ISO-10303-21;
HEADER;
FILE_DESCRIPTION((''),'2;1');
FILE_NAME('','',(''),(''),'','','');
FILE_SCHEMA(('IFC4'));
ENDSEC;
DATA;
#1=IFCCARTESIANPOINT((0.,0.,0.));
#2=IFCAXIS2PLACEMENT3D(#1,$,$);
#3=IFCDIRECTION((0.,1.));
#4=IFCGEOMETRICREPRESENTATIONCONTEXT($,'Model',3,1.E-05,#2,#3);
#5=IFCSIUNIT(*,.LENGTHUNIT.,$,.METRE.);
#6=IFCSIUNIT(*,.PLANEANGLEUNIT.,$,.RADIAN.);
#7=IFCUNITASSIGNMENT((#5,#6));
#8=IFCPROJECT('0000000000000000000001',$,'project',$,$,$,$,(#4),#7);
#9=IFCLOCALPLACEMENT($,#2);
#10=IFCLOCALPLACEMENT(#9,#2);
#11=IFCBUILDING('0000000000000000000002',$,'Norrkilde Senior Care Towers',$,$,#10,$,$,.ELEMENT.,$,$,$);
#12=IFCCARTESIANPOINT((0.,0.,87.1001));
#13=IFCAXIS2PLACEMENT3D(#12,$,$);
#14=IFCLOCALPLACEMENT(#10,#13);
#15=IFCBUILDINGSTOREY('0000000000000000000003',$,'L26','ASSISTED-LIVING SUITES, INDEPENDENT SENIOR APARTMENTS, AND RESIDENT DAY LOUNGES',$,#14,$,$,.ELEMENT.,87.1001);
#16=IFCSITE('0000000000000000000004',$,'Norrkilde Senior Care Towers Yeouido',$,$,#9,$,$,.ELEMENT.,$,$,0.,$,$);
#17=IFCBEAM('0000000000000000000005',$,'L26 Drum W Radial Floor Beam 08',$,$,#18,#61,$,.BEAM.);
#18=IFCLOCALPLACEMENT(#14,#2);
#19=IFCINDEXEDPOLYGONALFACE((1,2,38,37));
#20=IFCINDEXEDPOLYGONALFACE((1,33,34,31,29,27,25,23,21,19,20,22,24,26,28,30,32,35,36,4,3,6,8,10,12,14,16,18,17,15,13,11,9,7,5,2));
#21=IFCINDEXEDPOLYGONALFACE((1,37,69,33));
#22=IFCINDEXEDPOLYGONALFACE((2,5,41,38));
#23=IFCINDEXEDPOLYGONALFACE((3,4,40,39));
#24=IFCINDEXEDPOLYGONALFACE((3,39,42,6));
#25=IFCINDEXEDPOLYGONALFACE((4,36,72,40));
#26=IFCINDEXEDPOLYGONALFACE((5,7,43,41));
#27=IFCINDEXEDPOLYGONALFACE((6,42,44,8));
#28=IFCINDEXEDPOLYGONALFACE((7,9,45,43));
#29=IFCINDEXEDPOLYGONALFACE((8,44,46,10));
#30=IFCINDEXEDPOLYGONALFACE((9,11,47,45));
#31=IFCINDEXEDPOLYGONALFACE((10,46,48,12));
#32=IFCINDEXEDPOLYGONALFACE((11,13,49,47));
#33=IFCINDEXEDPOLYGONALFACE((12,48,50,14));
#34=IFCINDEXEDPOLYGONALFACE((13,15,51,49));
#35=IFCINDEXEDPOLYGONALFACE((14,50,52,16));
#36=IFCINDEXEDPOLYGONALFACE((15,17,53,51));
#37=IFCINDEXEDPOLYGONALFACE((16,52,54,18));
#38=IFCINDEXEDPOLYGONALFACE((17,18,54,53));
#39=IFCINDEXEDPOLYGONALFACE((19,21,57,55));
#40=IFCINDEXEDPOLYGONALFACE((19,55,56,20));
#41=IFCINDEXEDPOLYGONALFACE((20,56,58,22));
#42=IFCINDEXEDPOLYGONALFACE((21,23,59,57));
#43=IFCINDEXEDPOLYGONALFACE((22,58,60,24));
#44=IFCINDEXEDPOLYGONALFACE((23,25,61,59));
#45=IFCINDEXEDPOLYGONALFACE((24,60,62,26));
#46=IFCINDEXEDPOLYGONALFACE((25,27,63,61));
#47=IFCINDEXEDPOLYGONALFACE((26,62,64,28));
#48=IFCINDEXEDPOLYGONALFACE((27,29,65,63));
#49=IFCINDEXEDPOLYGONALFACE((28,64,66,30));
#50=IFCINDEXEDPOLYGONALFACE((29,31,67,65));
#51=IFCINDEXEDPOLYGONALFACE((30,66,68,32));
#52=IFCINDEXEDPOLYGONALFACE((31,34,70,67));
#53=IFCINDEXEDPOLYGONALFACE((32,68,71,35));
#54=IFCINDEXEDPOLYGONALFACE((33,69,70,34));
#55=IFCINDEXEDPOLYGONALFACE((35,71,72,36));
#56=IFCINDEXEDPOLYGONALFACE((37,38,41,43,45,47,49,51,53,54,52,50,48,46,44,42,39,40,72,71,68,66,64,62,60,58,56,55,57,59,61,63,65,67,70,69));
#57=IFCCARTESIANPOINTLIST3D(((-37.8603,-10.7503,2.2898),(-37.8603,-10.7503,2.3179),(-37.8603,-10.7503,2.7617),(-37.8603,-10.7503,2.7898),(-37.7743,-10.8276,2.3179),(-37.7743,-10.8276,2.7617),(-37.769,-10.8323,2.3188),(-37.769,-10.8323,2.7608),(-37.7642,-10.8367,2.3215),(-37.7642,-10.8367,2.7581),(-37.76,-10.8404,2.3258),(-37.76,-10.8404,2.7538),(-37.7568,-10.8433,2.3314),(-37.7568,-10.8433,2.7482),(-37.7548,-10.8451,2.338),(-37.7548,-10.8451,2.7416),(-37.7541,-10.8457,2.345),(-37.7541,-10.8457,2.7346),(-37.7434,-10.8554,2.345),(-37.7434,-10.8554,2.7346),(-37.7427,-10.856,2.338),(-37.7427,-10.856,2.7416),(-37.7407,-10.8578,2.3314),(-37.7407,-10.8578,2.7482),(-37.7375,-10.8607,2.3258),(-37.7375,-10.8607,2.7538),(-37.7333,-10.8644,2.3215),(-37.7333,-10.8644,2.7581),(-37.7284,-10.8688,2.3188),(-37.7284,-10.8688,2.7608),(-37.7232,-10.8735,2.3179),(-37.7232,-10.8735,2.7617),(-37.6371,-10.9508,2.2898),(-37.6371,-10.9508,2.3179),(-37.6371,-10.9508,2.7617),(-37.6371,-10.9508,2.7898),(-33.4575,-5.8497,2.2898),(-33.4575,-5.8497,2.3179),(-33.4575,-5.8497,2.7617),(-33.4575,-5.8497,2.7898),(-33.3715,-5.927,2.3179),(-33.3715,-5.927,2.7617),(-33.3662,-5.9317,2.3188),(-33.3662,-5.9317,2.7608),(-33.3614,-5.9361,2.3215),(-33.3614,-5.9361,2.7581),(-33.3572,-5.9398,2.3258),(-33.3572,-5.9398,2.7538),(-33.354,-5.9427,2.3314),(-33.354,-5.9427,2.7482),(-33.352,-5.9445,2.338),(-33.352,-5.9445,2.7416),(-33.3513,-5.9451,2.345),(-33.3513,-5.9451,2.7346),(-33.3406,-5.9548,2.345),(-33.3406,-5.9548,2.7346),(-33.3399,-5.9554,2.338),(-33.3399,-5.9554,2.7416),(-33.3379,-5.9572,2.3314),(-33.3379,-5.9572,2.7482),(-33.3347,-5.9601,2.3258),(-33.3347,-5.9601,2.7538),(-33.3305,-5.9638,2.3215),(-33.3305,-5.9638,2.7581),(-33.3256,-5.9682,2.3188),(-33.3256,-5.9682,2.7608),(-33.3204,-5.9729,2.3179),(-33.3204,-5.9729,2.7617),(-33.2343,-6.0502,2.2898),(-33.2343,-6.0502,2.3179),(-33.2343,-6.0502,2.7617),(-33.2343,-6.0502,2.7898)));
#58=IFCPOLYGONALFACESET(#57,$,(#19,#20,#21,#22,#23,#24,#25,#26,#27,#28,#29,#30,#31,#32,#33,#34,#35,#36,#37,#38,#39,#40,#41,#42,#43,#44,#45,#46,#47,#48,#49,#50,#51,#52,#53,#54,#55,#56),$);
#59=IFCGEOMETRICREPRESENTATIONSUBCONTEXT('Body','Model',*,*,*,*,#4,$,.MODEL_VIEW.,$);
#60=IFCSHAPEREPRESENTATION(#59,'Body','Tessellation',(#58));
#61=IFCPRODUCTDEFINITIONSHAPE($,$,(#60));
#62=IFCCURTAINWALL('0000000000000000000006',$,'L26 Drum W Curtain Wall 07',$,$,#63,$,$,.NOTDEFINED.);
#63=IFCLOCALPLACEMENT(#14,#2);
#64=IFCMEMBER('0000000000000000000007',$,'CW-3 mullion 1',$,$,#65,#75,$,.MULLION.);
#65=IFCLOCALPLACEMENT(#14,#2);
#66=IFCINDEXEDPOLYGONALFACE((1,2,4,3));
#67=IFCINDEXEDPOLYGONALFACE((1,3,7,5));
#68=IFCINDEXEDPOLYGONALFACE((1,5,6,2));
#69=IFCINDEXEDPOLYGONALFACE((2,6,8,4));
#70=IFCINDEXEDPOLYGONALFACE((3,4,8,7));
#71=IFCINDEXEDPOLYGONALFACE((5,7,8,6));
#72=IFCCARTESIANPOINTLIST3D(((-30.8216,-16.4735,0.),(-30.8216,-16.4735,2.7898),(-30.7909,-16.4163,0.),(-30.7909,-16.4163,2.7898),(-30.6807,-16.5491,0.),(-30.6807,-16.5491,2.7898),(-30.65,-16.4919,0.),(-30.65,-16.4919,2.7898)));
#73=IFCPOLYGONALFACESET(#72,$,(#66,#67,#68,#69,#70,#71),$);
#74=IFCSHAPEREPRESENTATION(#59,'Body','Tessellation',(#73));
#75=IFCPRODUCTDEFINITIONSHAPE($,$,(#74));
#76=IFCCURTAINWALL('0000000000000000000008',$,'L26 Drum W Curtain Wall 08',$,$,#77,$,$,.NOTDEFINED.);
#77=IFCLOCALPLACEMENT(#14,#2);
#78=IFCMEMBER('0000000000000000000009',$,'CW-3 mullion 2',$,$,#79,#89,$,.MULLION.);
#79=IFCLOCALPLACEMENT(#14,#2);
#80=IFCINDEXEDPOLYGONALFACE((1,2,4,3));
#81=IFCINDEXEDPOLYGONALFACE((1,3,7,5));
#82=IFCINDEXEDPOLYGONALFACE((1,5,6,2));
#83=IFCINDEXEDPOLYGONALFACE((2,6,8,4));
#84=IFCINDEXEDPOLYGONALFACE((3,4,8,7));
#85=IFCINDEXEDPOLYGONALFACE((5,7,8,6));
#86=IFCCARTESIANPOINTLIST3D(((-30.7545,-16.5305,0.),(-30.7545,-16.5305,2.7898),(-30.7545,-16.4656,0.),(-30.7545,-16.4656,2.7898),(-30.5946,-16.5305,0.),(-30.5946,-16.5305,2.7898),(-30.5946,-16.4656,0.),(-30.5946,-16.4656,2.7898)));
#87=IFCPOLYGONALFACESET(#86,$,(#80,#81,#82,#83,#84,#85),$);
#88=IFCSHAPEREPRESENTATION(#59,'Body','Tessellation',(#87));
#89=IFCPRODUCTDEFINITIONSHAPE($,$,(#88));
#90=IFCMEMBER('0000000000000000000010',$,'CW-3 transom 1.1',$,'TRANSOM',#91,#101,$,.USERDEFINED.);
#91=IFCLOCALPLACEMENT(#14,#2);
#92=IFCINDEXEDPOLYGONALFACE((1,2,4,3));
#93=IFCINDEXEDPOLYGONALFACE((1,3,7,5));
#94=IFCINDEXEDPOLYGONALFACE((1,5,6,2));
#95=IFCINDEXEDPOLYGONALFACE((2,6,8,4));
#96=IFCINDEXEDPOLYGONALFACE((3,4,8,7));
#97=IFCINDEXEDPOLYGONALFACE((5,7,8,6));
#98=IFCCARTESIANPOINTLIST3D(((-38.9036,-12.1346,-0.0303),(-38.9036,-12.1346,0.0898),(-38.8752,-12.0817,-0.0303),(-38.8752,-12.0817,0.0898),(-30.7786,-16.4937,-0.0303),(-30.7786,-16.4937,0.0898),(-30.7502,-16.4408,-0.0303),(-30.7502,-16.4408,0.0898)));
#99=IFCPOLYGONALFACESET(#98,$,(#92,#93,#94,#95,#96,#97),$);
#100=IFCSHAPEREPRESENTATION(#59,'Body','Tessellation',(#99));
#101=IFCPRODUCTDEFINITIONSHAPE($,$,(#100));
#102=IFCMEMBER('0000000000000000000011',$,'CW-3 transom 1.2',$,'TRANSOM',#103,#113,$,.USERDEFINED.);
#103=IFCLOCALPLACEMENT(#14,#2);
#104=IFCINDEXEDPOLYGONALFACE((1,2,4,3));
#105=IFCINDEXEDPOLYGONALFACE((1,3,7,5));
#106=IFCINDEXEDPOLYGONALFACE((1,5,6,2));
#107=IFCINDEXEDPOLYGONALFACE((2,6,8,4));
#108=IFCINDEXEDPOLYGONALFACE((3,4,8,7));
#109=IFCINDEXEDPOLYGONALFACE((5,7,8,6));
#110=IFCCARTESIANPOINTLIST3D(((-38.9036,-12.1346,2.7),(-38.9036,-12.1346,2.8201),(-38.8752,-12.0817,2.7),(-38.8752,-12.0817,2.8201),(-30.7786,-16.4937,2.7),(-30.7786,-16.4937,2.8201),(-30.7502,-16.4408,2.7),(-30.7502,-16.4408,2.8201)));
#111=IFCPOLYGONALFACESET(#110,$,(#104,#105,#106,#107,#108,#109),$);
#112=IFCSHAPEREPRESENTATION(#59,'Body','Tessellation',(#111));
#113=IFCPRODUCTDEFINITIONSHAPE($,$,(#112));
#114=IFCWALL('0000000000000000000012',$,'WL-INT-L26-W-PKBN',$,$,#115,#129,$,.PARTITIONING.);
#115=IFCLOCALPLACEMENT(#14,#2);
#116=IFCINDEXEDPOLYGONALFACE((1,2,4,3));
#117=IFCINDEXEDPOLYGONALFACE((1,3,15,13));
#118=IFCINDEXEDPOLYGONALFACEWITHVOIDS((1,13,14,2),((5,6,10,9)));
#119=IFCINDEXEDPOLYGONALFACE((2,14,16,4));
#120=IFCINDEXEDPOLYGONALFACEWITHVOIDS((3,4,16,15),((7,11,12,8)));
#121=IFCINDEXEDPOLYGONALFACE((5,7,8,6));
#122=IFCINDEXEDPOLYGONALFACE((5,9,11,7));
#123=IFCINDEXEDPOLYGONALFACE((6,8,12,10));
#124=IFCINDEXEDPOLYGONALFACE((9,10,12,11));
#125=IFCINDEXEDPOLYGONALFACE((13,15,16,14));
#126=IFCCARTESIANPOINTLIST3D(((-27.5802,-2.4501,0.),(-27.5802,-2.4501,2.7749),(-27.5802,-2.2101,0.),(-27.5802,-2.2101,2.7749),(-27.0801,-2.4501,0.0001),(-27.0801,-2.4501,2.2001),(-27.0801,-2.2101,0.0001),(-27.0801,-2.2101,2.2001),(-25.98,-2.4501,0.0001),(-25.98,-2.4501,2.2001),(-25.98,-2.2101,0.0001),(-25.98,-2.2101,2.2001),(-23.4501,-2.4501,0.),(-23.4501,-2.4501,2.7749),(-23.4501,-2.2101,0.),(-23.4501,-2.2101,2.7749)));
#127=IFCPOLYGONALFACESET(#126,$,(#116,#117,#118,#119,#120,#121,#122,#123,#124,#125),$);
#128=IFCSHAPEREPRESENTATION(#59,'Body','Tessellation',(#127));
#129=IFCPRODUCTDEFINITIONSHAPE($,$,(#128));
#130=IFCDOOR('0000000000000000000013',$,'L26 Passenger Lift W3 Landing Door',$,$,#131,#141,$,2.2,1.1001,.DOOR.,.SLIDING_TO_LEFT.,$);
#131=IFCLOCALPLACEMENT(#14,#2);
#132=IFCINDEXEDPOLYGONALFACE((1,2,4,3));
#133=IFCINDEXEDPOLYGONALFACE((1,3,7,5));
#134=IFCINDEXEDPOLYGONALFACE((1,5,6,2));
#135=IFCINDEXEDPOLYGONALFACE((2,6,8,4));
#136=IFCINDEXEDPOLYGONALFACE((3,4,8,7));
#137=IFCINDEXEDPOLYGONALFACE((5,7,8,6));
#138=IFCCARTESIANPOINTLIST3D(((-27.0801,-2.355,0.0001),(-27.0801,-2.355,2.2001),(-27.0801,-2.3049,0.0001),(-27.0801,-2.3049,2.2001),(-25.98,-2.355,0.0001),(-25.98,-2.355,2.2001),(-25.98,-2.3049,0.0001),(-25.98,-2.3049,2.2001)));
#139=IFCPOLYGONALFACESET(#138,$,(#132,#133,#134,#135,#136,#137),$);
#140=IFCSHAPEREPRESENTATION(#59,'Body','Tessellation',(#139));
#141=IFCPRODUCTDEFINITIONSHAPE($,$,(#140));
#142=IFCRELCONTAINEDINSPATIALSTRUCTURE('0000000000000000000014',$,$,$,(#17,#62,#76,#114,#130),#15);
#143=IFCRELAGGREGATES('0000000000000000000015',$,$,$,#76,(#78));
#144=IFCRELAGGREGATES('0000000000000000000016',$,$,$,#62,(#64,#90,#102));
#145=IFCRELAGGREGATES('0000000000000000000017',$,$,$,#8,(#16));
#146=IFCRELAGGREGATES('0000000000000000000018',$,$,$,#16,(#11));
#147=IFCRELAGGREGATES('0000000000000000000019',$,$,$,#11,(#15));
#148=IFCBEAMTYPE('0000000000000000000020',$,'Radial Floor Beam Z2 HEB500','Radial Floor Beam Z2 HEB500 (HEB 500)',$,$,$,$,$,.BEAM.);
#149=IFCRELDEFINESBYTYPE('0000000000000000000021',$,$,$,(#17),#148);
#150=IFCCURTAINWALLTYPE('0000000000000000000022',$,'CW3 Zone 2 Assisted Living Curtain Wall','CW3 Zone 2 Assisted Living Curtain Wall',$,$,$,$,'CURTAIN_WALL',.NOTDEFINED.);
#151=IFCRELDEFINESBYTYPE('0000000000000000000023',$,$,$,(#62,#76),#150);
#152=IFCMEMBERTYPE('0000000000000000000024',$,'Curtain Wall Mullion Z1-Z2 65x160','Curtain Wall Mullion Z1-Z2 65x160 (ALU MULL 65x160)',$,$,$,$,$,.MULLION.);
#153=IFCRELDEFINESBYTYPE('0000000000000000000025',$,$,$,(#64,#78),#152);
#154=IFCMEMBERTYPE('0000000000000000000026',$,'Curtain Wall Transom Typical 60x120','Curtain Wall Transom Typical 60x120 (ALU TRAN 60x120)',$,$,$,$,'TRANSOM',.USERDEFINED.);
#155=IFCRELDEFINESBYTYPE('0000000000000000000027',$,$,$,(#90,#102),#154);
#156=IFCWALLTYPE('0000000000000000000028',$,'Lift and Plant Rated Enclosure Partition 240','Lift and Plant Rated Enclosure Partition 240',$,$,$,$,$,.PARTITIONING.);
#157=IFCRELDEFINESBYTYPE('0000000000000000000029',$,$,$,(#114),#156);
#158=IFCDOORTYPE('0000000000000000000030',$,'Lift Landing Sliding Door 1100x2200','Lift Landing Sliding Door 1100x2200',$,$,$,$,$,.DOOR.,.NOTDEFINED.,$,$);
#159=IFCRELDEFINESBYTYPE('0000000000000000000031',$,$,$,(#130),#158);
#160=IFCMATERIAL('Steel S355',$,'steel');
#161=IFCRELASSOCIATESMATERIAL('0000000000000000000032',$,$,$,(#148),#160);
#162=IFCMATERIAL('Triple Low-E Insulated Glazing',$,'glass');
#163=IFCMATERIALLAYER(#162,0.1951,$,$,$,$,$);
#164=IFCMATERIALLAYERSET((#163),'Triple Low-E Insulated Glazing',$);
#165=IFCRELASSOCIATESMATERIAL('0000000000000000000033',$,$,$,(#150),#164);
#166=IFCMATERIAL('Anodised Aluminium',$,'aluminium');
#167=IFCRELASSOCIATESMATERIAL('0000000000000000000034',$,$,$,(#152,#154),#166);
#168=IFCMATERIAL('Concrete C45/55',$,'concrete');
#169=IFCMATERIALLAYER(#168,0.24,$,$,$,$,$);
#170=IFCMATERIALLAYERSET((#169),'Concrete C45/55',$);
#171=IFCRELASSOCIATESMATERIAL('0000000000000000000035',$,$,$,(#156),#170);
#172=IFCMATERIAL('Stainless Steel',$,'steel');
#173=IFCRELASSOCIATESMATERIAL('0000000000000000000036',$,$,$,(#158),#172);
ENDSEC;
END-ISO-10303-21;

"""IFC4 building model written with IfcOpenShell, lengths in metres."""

from ifc_helpers import new_model, si_unit, direction, frame, frame_2d, origin, origin_2d, place, context, subcontext, project, spatial, rectangle, i_section, extrude, source, transform, mapped, material, layer, layer_set, material_profile, profile_set, type_object, type_shapes, element, fill, aggregate, save


model = new_model("IFC4")

# Units and contexts
model_context = context("Model", 3, precision=1e-05, world=origin(), true_north=direction((0.0, 1.0)))
body_context = subcontext(model_context, "Body", "Model", "MODEL_VIEW")
ifc_project = project(units=[si_unit("LENGTHUNIT", "METRE"), si_unit("PLANEANGLEUNIT", "RADIAN")], contexts=[model_context])

# Site, building, storey
site_placement = place(None, origin())
site = spatial("IfcSite", under=ifc_project, at=site_placement, Name="Norrkilde Senior Care Towers Yeouido", CompositionType="ELEMENT", RefElevation=0.0)
building_placement = place(site_placement, origin())
building = spatial("IfcBuilding", under=site, at=building_placement, Name="Norrkilde Senior Care Towers", CompositionType="ELEMENT")
storey_placement = place(building_placement, frame((0.0, 0.0, 87.1001)))
storey = spatial("IfcBuildingStorey", under=building, at=storey_placement, Name="L26", Description="ASSISTED-LIVING SUITES, INDEPENDENT SENIOR APARTMENTS, AND RESIDENT DAY LOUNGES", CompositionType="ELEMENT", Elevation=87.1001)

# Beam
ifc_material_1 = material(Name="Steel S355", Category="steel")
ifc_material_profile_1 = material_profile(ifc_material_1, i_section(OverallWidth=0.3, OverallDepth=0.5, WebThickness=0.0144, FlangeThickness=0.0281, FilletRadius=0.0271, at=origin_2d()), Name="HEB 500")
ifc_profile_set_1 = profile_set([ifc_material_profile_1], Name="Steel S355")
beam_type_1 = type_object("IfcBeamType", Name="Radial Floor Beam Z2 HEB500", Description="Radial Floor Beam Z2 HEB500 (HEB 500)", PredefinedType="BEAM", material=ifc_profile_set_1)
shared_shape_1 = source(origin(), body_context, "Body", "SweptSolid", [
    extrude(i_section(OverallWidth=0.3, OverallDepth=0.5, WebThickness=0.0144, FlangeThickness=0.0281, FilletRadius=0.0271, at=origin_2d()), origin(), (0.0, 0.0, 1.0), 6.5879),
])
beam_1_placement = place(storey_placement, frame((-33.3459, -5.95, 2.5398), z_axis=(-0.668315, -0.743878, 0.0), x_axis=(0.743878, -0.668315, 0.0)))
element("IfcBeam", 1, at=beam_1_placement, inside=storey, type_object=beam_type_1, Name="L26 Drum W Radial Floor Beam 08", PredefinedType="BEAM", context=body_context, shape_type="MappedRepresentation", body=[
    mapped(shared_shape_1, transform((0.0, 0.0, 0.0), x_axis=(1.0, 0.0, 0.0), y_axis=(0.0, 1.0, 0.0), z_axis=(0.0, 0.0, 1.0), scale=1.0)),
])

# Curtain walls, members
ifc_material_2 = material(Name="Triple Low-E Insulated Glazing", Category="glass")
ifc_layer_1 = layer(ifc_material_2, 0.1951)
ifc_layer_set_1 = layer_set([ifc_layer_1], Name="Triple Low-E Insulated Glazing")
curtain_wall_type = type_object("IfcCurtainWallType", Name="CW3 Zone 2 Assisted Living Curtain Wall", Description="CW3 Zone 2 Assisted Living Curtain Wall", ElementType="CURTAIN_WALL", PredefinedType="NOTDEFINED", material=ifc_layer_set_1)
curtain_wall_1_placement = place(storey_placement, origin())
curtain_wall_1 = element("IfcCurtainWall", 2, at=curtain_wall_1_placement, inside=storey, type_object=curtain_wall_type, Name="L26 Drum W Curtain Wall 07", PredefinedType="NOTDEFINED")
ifc_material_3 = material(Name="Anodised Aluminium", Category="aluminium")
ifc_material_profile_2 = material_profile(ifc_material_3, rectangle(XDim=0.0649, YDim=0.1599, at=origin_2d()), Name="ALU MULL 65x160")
ifc_profile_set_2 = profile_set([ifc_material_profile_2], Name="Anodised Aluminium")
member_type_1 = type_object("IfcMemberType", Name="Curtain Wall Mullion Z1-Z2 65x160", Description="Curtain Wall Mullion Z1-Z2 65x160 (ALU MULL 65x160)", PredefinedType="MULLION", material=ifc_profile_set_2)
shared_shape_2 = source(origin(), body_context, "Body", "SweptSolid", [
    extrude(rectangle(XDim=0.0649, YDim=0.1599, at=origin_2d()), origin(), (0.0, 0.0, 1.0), 2.7898),
])
type_shapes(member_type_1, [shared_shape_2])
member_1_placement = place(storey_placement, frame((-30.7358, -16.4827, 0.0), z_axis=(0.0, 0.0, 1.0), x_axis=(-0.472769, -0.881186, 0.0)))
member_1 = element("IfcMember", 3, at=member_1_placement, type_object=member_type_1, Name="CW-3 mullion 1", PredefinedType="MULLION", context=body_context, shape_type="MappedRepresentation", body=[
    mapped(shared_shape_2, transform((0.0, 0.0, 0.0), x_axis=(1.0, 0.0, 0.0), y_axis=(0.0, 1.0, 0.0), z_axis=(0.0, 0.0, 1.0), scale=1.0)),
])
curtain_wall_2_placement = place(storey_placement, origin())
curtain_wall_2 = element("IfcCurtainWall", 4, at=curtain_wall_2_placement, inside=storey, type_object=curtain_wall_type, Name="L26 Drum W Curtain Wall 08", PredefinedType="NOTDEFINED")
member_2_placement = place(storey_placement, frame((-30.6746, -16.498, 0.0), z_axis=(0.0, 0.0, 1.0), x_axis=(0.0, -1.0, 0.0)))
member_2 = element("IfcMember", 5, at=member_2_placement, type_object=member_type_1, Name="CW-3 mullion 2", PredefinedType="MULLION", context=body_context, shape_type="MappedRepresentation", body=[
    mapped(shared_shape_2, transform((0.0, 0.0, 0.0), x_axis=(1.0, 0.0, 0.0), y_axis=(0.0, 1.0, 0.0), z_axis=(0.0, 0.0, 1.0), scale=1.0)),
])
aggregate(curtain_wall_2, [member_2])

# Members
ifc_material_profile_3 = material_profile(ifc_material_3, rectangle(XDim=0.0601, YDim=0.1201, at=origin_2d()), Name="ALU TRAN 60x120")
ifc_profile_set_3 = profile_set([ifc_material_profile_3], Name="Anodised Aluminium")
member_type_2 = type_object("IfcMemberType", Name="Curtain Wall Transom Typical 60x120", Description="Curtain Wall Transom Typical 60x120 (ALU TRAN 60x120)", ElementType="TRANSOM", PredefinedType="USERDEFINED", material=ifc_profile_set_3)
shared_shape_3 = source(origin(), body_context, "Body", "SweptSolid", [
    extrude(rectangle(XDim=0.0601, YDim=0.1201, at=origin_2d()), origin(), (0.0, 0.0, 1.0), 9.2205),
])
type_shapes(member_type_2, [shared_shape_3])
member_3_placement = place(storey_placement, frame((-30.7644, -16.4673, 0.0298), z_axis=(-0.881189, 0.472765, 0.0), x_axis=(-0.472765, -0.881189, 0.0)))
member_3 = element("IfcMember", 6, at=member_3_placement, type_object=member_type_2, Name="CW-3 transom 1.1", ObjectType="TRANSOM", PredefinedType="USERDEFINED", context=body_context, shape_type="MappedRepresentation", body=[
    mapped(shared_shape_3, transform((0.0, 0.0, 0.0), x_axis=(1.0, 0.0, 0.0), y_axis=(0.0, 1.0, 0.0), z_axis=(0.0, 0.0, 1.0), scale=1.0)),
])
member_4_placement = place(storey_placement, frame((-30.7644, -16.4673, 2.76), z_axis=(-0.881189, 0.472765, 0.0), x_axis=(-0.472765, -0.881189, 0.0)))
member_4 = element("IfcMember", 7, at=member_4_placement, type_object=member_type_2, Name="CW-3 transom 1.2", ObjectType="TRANSOM", PredefinedType="USERDEFINED", context=body_context, shape_type="MappedRepresentation", body=[
    mapped(shared_shape_3, transform((0.0, 0.0, 0.0), x_axis=(1.0, 0.0, 0.0), y_axis=(0.0, 1.0, 0.0), z_axis=(0.0, 0.0, 1.0), scale=1.0)),
])
aggregate(curtain_wall_1, [member_1, member_3, member_4])

# Wall, opening, door
ifc_material_4 = material(Name="Concrete C45/55", Category="concrete")
ifc_layer_2 = layer(ifc_material_4, 0.24)
ifc_layer_set_2 = layer_set([ifc_layer_2], Name="Concrete C45/55")
wall_type_1 = type_object("IfcWallType", Name="Lift and Plant Rated Enclosure Partition 240", Description="Lift and Plant Rated Enclosure Partition 240", PredefinedType="PARTITIONING", material=ifc_layer_set_2)
shared_shape_4 = source(origin(), body_context, "Body", "SweptSolid", [
    extrude(rectangle(XDim=4.1301, YDim=0.24, at=frame_2d((2.0649, 0.0))), origin(), (0.0, 0.0, 1.0), 2.7749),
])
type_shapes(wall_type_1, [shared_shape_4])
wall_1_placement = place(storey_placement, frame((-27.5801, -2.3301, 0.0), z_axis=(0.0, 0.0, 1.0), x_axis=(1.0, 0.0, 0.0)))
wall_1 = element("IfcWall", 8, at=wall_1_placement, inside=storey, type_object=wall_type_1, Name="WL-INT-L26-W-PKBN", PredefinedType="PARTITIONING", context=body_context, shape_type="MappedRepresentation", body=[
    mapped(shared_shape_4, transform((0.0, 0.0, 0.0), x_axis=(1.0, 0.0, 0.0), y_axis=(0.0, 1.0, 0.0), z_axis=(0.0, 0.0, 1.0), scale=1.0)),
])
opening_1_placement = place(wall_1_placement, frame((0.5, 0.0, 0.0)))
opening_1 = element("IfcOpeningElement", 9, at=opening_1_placement, cuts=wall_1, PredefinedType="OPENING", context=body_context, shape_type="SweptSolid", body=[
    extrude(rectangle(XDim=1.1001, YDim=2.2, at=frame_2d((0.55, 1.1001))), frame((0.0, 0.1299, 0.0), z_axis=(0.0, -1.0, 0.0), x_axis=(1.0, 0.0, 0.0)), (0.0, 0.0, 1.0), 0.26),
])
ifc_material_5 = material(Name="Stainless Steel", Category="steel")
door_type_1 = type_object("IfcDoorType", Name="Lift Landing Sliding Door 1100x2200", Description="Lift Landing Sliding Door 1100x2200", OperationType="NOTDEFINED", PredefinedType="DOOR", material=ifc_material_5)
shared_shape_5 = source(origin(), body_context, "Body", "SweptSolid", [
    extrude(rectangle(XDim=1.1001, YDim=2.2, at=frame_2d((0.55, 1.1001))), frame((0.0, 0.0249, 0.0), z_axis=(0.0, -1.0, 0.0), x_axis=(1.0, 0.0, 0.0)), (0.0, 0.0, 1.0), 0.05),
])
type_shapes(door_type_1, [shared_shape_5])
door_1_placement = place(opening_1_placement, frame((1.1001, 0.0, 0.0), z_axis=(0.0, 0.0, 1.0), x_axis=(-1.0, 0.0, 0.0)))
door_1 = element("IfcDoor", 10, at=door_1_placement, inside=storey, type_object=door_type_1, Name="L26 Passenger Lift W3 Landing Door", OperationType="SLIDING_TO_LEFT", OverallHeight=2.2, OverallWidth=1.1001, PredefinedType="DOOR", context=body_context, shape_type="MappedRepresentation", body=[
    mapped(shared_shape_5, transform((0.0, 0.0, 0.0), x_axis=(1.0, 0.0, 0.0), y_axis=(0.0, 1.0, 0.0), z_axis=(0.0, 0.0, 1.0), scale=1.0)),
])
fill(opening_1, door_1)

save(model, "model.ifc")
